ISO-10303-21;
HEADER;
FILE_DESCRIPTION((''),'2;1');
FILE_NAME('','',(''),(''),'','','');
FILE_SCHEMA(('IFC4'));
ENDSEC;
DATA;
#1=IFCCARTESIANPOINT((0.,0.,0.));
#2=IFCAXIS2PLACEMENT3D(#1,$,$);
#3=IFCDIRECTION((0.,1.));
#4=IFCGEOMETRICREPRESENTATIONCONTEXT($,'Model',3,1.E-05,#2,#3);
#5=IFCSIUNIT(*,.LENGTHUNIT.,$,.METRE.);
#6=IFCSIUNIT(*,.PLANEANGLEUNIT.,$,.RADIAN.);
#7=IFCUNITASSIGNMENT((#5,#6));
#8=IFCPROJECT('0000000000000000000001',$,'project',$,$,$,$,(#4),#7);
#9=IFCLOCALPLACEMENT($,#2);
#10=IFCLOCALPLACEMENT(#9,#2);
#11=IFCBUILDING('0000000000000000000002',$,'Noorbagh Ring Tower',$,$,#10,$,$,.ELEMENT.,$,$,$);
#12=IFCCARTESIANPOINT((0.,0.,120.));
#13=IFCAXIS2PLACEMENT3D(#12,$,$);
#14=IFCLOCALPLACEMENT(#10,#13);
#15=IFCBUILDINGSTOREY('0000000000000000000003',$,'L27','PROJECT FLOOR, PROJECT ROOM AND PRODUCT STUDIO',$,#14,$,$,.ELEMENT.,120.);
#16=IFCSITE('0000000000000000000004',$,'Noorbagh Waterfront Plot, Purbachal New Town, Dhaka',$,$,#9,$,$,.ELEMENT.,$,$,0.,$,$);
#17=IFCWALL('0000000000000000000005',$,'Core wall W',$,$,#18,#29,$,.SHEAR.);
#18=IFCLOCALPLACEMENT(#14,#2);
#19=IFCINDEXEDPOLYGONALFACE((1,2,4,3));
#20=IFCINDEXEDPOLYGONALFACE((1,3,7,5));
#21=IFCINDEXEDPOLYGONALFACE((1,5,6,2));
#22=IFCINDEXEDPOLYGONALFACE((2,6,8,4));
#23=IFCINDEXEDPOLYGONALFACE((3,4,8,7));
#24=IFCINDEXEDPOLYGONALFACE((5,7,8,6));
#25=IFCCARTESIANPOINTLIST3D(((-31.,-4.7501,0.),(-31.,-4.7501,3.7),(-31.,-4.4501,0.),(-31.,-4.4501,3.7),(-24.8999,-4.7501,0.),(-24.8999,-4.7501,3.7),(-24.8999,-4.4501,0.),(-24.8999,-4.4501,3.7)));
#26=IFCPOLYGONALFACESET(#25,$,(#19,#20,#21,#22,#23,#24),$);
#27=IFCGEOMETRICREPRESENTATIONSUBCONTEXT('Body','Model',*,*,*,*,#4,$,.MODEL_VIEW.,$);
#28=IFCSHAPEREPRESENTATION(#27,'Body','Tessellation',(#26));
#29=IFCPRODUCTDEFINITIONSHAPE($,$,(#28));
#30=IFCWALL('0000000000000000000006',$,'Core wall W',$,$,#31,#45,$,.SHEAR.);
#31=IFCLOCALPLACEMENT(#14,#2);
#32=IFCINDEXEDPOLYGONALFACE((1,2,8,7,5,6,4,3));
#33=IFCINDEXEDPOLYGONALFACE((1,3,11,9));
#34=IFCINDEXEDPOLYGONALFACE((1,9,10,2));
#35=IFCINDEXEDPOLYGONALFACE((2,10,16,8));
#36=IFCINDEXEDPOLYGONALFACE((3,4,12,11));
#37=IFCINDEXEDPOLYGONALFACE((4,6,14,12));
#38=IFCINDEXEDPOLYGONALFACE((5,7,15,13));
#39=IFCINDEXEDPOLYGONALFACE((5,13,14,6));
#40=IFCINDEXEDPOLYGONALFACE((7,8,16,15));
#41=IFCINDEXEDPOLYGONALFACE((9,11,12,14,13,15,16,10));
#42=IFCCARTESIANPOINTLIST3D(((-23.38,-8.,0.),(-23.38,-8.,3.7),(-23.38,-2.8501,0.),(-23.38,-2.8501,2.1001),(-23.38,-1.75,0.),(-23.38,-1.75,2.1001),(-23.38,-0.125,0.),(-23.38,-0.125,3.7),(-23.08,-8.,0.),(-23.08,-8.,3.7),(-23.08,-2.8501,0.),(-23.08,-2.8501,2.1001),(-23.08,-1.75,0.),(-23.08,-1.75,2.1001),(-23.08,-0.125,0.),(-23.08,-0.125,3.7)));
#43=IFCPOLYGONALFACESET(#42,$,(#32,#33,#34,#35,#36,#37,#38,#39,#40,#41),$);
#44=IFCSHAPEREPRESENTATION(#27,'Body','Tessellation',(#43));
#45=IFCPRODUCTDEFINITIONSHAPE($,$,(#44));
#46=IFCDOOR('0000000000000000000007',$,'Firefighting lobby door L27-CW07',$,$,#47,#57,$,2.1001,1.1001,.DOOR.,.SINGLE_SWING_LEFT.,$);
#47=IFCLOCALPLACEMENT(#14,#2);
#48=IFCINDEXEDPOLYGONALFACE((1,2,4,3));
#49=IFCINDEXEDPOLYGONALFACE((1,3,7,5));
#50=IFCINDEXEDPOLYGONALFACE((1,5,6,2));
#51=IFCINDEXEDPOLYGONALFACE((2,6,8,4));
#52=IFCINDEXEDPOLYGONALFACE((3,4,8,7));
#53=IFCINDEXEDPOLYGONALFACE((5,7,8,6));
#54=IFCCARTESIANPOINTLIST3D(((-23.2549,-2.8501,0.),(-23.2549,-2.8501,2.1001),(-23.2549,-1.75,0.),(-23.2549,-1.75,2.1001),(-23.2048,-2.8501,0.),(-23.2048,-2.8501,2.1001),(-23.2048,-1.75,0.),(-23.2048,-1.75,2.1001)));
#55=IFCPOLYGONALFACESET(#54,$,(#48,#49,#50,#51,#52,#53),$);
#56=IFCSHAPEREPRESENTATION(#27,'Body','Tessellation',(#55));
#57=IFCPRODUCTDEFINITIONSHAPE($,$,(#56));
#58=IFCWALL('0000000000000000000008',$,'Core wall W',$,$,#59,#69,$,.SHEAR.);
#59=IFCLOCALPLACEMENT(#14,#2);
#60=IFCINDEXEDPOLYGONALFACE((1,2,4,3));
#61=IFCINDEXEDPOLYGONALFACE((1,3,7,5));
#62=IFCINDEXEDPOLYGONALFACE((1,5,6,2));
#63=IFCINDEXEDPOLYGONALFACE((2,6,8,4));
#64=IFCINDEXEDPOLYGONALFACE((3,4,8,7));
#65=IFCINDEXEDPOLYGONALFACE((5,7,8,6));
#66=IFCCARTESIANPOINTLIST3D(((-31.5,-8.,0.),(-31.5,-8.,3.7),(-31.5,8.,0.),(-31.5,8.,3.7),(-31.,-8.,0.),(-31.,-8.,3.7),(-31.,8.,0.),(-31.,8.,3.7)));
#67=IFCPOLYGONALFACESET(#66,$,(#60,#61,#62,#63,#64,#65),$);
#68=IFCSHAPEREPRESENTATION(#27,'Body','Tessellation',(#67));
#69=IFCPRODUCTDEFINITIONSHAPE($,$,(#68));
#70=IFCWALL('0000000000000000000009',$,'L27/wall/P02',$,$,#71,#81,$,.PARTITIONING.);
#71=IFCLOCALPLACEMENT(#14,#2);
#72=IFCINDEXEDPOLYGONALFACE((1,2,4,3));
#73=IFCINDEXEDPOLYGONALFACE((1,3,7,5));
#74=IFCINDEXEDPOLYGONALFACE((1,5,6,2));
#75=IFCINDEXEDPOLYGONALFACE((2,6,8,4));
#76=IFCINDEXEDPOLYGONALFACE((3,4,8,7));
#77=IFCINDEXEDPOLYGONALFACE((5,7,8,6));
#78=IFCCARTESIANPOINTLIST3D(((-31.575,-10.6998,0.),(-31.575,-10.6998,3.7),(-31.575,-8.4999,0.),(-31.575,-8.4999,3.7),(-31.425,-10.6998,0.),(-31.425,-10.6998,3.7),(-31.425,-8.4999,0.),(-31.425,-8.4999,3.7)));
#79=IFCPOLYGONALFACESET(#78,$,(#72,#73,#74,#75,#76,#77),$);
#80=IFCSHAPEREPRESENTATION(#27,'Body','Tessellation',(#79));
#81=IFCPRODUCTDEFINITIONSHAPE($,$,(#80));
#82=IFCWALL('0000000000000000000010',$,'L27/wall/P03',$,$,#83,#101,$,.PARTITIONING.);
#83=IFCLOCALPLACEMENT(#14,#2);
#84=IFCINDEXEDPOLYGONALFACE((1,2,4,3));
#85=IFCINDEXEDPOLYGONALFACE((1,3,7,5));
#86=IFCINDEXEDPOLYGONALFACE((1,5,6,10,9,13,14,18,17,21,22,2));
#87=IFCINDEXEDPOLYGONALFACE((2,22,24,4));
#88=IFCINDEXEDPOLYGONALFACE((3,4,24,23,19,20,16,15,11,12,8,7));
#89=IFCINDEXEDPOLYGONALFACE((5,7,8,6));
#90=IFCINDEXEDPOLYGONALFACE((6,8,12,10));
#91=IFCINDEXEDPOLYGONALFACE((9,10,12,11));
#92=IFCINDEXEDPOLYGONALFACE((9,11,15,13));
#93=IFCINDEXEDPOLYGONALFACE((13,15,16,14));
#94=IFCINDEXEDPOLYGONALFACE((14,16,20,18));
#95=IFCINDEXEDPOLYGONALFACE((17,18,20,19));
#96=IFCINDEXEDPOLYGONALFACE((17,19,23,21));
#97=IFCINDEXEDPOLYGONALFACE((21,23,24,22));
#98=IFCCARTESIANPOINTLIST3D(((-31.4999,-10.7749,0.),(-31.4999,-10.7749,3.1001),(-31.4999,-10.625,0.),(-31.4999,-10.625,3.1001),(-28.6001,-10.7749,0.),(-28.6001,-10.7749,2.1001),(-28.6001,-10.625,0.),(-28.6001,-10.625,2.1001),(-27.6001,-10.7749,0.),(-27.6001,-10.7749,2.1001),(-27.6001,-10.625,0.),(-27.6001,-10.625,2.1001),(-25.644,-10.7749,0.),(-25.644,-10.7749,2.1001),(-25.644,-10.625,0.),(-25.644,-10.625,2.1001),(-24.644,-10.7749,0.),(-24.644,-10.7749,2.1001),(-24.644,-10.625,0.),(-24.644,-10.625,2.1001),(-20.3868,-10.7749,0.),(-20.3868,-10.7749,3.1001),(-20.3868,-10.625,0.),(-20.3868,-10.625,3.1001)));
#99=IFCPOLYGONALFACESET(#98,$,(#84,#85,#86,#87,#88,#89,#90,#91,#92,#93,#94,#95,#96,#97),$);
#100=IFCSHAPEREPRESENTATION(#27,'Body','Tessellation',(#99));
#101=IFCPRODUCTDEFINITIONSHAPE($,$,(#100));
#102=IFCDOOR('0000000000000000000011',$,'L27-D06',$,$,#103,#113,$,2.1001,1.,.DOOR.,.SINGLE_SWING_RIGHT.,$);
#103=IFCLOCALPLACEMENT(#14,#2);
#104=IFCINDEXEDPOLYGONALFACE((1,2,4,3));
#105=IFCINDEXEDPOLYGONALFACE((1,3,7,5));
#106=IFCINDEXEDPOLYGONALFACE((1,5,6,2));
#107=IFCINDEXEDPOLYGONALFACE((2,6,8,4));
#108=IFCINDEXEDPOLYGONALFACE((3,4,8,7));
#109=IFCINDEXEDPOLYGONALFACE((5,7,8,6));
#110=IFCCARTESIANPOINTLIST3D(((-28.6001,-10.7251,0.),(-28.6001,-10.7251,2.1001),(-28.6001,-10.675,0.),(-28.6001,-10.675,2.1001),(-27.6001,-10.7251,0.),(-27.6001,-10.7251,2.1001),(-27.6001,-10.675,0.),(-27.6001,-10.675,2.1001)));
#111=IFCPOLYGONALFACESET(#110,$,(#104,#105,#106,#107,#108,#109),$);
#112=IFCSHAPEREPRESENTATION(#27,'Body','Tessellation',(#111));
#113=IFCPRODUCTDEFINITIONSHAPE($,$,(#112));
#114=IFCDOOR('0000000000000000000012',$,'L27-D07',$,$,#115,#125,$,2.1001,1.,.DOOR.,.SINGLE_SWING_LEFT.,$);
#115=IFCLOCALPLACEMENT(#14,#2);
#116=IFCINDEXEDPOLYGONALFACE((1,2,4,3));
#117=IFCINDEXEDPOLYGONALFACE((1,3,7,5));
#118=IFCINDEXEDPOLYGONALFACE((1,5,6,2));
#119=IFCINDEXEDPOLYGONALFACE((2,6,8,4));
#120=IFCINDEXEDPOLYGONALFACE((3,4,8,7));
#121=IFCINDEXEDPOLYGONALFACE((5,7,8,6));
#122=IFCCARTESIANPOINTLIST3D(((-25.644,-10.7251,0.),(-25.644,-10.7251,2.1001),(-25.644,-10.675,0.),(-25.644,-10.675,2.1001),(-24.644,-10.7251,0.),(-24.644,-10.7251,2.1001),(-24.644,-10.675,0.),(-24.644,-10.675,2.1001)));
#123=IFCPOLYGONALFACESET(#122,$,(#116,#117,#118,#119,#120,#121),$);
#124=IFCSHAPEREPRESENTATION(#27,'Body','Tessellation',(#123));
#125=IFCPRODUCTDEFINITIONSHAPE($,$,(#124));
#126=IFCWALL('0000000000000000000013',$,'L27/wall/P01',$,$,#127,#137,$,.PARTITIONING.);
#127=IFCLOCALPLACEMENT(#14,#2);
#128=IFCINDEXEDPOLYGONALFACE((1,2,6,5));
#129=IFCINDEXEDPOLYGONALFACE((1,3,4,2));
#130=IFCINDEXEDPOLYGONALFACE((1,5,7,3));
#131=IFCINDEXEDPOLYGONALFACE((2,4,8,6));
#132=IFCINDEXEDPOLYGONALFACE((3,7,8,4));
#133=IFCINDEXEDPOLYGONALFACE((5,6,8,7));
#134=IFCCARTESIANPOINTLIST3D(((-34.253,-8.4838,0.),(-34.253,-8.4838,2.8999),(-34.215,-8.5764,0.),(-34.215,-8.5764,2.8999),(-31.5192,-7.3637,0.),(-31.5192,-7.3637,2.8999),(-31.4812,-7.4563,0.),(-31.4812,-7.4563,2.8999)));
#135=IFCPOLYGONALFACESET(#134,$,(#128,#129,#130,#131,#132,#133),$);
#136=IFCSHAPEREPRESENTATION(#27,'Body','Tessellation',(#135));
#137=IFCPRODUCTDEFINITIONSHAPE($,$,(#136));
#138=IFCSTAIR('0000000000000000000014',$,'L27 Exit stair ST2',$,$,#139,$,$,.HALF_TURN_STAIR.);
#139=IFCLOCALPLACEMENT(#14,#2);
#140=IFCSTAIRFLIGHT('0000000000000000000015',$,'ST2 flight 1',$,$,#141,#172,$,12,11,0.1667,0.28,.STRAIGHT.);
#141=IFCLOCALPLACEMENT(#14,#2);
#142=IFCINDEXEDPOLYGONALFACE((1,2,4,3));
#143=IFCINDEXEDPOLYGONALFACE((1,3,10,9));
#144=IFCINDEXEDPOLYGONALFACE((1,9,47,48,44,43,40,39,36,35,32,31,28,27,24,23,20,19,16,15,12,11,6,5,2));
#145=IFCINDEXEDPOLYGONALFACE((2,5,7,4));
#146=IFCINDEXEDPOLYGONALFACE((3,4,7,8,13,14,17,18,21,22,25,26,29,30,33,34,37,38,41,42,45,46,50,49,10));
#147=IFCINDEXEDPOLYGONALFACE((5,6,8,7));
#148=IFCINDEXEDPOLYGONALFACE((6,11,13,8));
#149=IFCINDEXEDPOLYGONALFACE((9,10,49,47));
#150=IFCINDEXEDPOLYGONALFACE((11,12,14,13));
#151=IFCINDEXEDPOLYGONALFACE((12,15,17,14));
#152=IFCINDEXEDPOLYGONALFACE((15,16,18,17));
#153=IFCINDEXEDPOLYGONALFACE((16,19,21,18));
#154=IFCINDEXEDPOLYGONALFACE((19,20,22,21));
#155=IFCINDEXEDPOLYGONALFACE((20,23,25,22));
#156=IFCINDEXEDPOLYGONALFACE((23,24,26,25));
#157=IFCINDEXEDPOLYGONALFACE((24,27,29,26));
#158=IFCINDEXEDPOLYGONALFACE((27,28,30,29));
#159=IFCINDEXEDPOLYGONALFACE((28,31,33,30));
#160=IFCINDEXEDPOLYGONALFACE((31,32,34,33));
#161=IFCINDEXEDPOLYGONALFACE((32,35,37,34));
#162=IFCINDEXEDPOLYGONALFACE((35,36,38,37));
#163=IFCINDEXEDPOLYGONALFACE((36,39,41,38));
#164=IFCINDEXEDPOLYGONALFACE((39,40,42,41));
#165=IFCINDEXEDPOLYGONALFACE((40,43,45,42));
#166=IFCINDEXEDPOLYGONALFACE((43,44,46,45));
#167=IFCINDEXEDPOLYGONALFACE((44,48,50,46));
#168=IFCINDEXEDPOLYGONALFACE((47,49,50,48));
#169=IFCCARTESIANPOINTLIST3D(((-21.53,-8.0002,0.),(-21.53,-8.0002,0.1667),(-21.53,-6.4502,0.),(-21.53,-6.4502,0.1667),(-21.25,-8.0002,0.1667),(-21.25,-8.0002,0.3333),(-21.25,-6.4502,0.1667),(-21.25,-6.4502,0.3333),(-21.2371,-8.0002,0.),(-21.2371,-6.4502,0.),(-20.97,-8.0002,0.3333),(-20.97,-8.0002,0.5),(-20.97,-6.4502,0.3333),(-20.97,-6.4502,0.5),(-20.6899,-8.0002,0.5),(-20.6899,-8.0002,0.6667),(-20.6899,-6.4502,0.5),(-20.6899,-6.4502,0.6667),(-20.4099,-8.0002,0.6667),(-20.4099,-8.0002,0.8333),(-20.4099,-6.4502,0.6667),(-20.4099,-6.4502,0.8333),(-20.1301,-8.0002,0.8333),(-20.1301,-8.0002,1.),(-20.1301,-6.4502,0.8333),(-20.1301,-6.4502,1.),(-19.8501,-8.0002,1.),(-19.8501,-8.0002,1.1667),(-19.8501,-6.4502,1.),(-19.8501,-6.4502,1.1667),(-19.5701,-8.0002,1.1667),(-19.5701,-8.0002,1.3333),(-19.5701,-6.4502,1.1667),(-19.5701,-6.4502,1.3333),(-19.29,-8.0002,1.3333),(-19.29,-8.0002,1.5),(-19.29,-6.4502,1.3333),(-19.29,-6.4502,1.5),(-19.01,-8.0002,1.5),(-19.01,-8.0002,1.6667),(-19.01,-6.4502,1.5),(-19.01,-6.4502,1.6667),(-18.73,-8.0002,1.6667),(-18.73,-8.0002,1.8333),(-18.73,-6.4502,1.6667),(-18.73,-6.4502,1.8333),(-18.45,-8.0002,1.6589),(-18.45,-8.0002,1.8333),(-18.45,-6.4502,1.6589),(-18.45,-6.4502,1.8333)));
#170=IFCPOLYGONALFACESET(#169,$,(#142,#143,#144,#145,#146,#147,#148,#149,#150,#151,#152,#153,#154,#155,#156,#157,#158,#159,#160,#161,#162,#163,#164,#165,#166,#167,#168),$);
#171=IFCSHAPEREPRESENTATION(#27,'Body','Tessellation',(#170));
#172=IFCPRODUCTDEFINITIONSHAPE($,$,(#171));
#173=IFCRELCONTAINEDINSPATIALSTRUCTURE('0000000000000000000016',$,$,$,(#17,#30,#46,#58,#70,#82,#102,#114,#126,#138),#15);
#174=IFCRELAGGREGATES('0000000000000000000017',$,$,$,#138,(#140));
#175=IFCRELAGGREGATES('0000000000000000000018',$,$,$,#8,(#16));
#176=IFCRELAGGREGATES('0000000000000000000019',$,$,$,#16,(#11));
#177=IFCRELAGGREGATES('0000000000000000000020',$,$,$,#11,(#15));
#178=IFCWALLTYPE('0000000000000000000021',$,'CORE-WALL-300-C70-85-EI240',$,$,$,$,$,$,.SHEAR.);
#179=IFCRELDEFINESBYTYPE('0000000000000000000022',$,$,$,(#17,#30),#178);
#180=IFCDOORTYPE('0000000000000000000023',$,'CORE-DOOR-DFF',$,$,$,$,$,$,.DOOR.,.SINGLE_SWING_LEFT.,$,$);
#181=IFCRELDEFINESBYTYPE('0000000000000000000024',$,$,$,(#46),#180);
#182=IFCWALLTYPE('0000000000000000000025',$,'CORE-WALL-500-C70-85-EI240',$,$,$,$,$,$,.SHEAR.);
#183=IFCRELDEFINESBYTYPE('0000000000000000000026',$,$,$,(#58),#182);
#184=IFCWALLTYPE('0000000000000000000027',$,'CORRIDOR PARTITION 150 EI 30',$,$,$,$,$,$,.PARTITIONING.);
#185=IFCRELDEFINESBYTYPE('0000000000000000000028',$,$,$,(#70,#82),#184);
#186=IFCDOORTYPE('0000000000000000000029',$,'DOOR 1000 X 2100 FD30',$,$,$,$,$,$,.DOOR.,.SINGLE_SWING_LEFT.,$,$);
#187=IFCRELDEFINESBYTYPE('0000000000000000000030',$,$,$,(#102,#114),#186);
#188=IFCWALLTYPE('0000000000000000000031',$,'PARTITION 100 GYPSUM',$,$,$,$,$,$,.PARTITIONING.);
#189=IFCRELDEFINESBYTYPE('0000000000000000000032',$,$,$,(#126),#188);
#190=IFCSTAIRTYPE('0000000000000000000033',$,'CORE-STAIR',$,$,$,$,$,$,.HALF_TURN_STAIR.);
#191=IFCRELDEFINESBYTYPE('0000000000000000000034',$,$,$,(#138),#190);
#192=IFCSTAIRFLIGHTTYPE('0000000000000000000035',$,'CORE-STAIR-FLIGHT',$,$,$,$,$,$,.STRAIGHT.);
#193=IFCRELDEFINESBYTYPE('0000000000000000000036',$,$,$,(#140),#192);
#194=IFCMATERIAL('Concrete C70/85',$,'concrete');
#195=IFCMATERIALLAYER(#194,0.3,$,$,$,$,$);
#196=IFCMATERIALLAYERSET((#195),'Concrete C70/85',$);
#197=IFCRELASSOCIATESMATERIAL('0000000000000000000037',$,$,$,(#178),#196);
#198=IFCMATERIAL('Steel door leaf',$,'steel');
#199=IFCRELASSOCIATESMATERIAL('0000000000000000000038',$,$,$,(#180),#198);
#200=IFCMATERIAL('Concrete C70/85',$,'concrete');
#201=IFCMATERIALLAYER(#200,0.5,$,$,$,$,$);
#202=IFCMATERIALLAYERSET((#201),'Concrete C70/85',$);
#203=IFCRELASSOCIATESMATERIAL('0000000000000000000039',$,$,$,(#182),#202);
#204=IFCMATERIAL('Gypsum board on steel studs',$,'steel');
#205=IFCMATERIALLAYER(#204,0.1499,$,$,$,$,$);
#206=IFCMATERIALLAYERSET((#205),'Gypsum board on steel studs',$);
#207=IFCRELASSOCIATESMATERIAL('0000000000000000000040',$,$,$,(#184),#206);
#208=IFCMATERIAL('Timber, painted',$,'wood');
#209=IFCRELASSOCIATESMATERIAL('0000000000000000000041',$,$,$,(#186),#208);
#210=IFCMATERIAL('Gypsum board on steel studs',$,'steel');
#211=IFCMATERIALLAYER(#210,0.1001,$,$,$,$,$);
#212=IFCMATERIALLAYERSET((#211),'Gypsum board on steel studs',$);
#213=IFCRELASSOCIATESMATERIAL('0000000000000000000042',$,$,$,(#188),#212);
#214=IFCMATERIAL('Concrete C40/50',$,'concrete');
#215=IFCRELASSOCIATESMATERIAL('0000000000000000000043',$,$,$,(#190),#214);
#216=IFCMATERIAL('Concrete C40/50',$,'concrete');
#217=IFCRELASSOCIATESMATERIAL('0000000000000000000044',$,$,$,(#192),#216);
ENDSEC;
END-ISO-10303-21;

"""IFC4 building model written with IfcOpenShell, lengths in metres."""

from ifc_helpers import new_model, si_unit, direction, frame, frame_2d, origin, place, context, subcontext, project, spatial, polyline, rectangle, outline, extrude, material, layer, layer_set, type_object, element, fill, aggregate, save


model = new_model("IFC4")

# Units and contexts
model_context = context("Model", 3, precision=1e-05, world=origin(), true_north=direction((0.0, 1.0)))
body_context = subcontext(model_context, "Body", "Model", "MODEL_VIEW")
ifc_project = project(units=[si_unit("LENGTHUNIT", "METRE"), si_unit("PLANEANGLEUNIT", "RADIAN")], contexts=[model_context])

# Site, building, storey
site_placement = place(None, origin())
site = spatial("IfcSite", under=ifc_project, at=site_placement, Name="Noorbagh Waterfront Plot, Purbachal New Town, Dhaka", CompositionType="ELEMENT", RefElevation=0.0)
building_placement = place(site_placement, origin())
building = spatial("IfcBuilding", under=site, at=building_placement, Name="Noorbagh Ring Tower", CompositionType="ELEMENT")
storey_placement = place(building_placement, frame((0.0, 0.0, 120.0)))
storey = spatial("IfcBuildingStorey", under=building, at=storey_placement, Name="L27", Description="PROJECT FLOOR, PROJECT ROOM AND PRODUCT STUDIO", CompositionType="ELEMENT", Elevation=120.0)

# Wall
ifc_material_1 = material(Name="Concrete C70/85", Category="concrete")
ifc_layer_1 = layer(ifc_material_1, 0.3)
ifc_layer_set_1 = layer_set([ifc_layer_1], Name="Concrete C70/85")
wall_type_1 = type_object("IfcWallType", Name="CORE-WALL-300-C70-85-EI240", PredefinedType="SHEAR", material=ifc_layer_set_1)
wall_1_placement = place(storey_placement, frame((-24.8999, -4.6001, 0.0), z_axis=(0.0, 0.0, 1.0), x_axis=(-1.0, 0.0, 0.0)))
element("IfcWall", 1, at=wall_1_placement, inside=storey, type_object=wall_type_1, Name="Core wall W", PredefinedType="SHEAR", context=body_context, shape_type="SweptSolid", body=[
    extrude(rectangle(XDim=6.1001, YDim=0.3, at=frame_2d((3.05, 0.0))), origin(), (0.0, 0.0, 1.0), 3.7),
])

# Wall, opening, door
wall_2_placement = place(storey_placement, frame((-23.23, -8.0, 0.0), z_axis=(0.0, 0.0, 1.0), x_axis=(0.0, 1.0, 0.0)))
wall_2 = element("IfcWall", 2, at=wall_2_placement, inside=storey, type_object=wall_type_1, Name="Core wall W", PredefinedType="SHEAR", context=body_context, shape_type="SweptSolid", body=[
    extrude(rectangle(XDim=7.875, YDim=0.3, at=frame_2d((3.9375, 0.0))), origin(), (0.0, 0.0, 1.0), 3.7),
])
opening_1_placement = place(wall_2_placement, frame((5.1499, 0.0, 0.0)))
opening_1 = element("IfcOpeningElement", 3, at=opening_1_placement, cuts=wall_2, PredefinedType="OPENING", context=body_context, shape_type="SweptSolid", body=[
    extrude(rectangle(XDim=1.1001, YDim=2.1001, at=frame_2d((0.55, 1.05))), frame((0.0, 0.1602, 0.0), z_axis=(0.0, -1.0, 0.0), x_axis=(1.0, 0.0, 0.0)), (0.0, 0.0, 1.0), 0.3201),
])
ifc_material_2 = material(Name="Steel door leaf", Category="steel")
door_type_1 = type_object("IfcDoorType", Name="CORE-DOOR-DFF", OperationType="SINGLE_SWING_LEFT", PredefinedType="DOOR", material=ifc_material_2)
door_1_placement = place(opening_1_placement, origin())
door_1 = element("IfcDoor", 4, at=door_1_placement, inside=storey, type_object=door_type_1, Name="Firefighting lobby door L27-CW07", OperationType="SINGLE_SWING_LEFT", OverallHeight=2.1001, OverallWidth=1.1001, PredefinedType="DOOR", context=body_context, shape_type="SweptSolid", body=[
    extrude(rectangle(XDim=1.1001, YDim=2.1001, at=frame_2d((0.55, 1.05))), frame((0.0, 0.0249, 0.0), z_axis=(0.0, -1.0, 0.0), x_axis=(1.0, 0.0, 0.0)), (0.0, 0.0, 1.0), 0.05),
])
fill(opening_1, door_1)

# Walls
ifc_material_3 = material(Name="Concrete C70/85", Category="concrete")
ifc_layer_2 = layer(ifc_material_3, 0.5)
ifc_layer_set_2 = layer_set([ifc_layer_2], Name="Concrete C70/85")
wall_type_2 = type_object("IfcWallType", Name="CORE-WALL-500-C70-85-EI240", PredefinedType="SHEAR", material=ifc_layer_set_2)
wall_3_placement = place(storey_placement, frame((-31.25, -8.0, 0.0), z_axis=(0.0, 0.0, 1.0), x_axis=(0.0, 1.0, 0.0)))
element("IfcWall", 5, at=wall_3_placement, inside=storey, type_object=wall_type_2, Name="Core wall W", PredefinedType="SHEAR", context=body_context, shape_type="SweptSolid", body=[
    extrude(rectangle(XDim=16.0, YDim=0.5, at=frame_2d((8.0, 0.0))), origin(), (0.0, 0.0, 1.0), 3.7),
])
ifc_material_4 = material(Name="Gypsum board on steel studs", Category="steel")
ifc_layer_3 = layer(ifc_material_4, 0.1499)
ifc_layer_set_3 = layer_set([ifc_layer_3], Name="Gypsum board on steel studs")
wall_type_3 = type_object("IfcWallType", Name="CORRIDOR PARTITION 150 EI 30", PredefinedType="PARTITIONING", material=ifc_layer_set_3)
wall_4_placement = place(storey_placement, frame((-31.5, -10.7, 0.0), z_axis=(0.0, 0.0, 1.0), x_axis=(0.0, 1.0, 0.0)))
element("IfcWall", 6, at=wall_4_placement, inside=storey, type_object=wall_type_3, Name="L27/wall/P02", PredefinedType="PARTITIONING", context=body_context, shape_type="SweptSolid", body=[
    extrude(rectangle(XDim=2.2, YDim=0.1499, at=frame_2d((1.1001, 0.0))), origin(), (0.0, 0.0, 1.0), 3.7),
])

# Wall, openings, doors
wall_5_placement = place(storey_placement, frame((-31.5, -10.7, 0.0), z_axis=(0.0, 0.0, 1.0), x_axis=(1.0, 0.0, 0.0)))
wall_5 = element("IfcWall", 7, at=wall_5_placement, inside=storey, type_object=wall_type_3, Name="L27/wall/P03", PredefinedType="PARTITIONING", context=body_context, shape_type="SweptSolid", body=[
    extrude(rectangle(XDim=11.113, YDim=0.1499, at=frame_2d((5.5566, 0.0))), origin(), (0.0, 0.0, 1.0), 3.1001),
])
opening_2_placement = place(wall_5_placement, frame((2.8999, 0.0, 0.0)))
opening_2 = element("IfcOpeningElement", 8, at=opening_2_placement, cuts=wall_5, PredefinedType="OPENING", context=body_context, shape_type="SweptSolid", body=[
    extrude(rectangle(XDim=1.0, YDim=2.1001, at=frame_2d((0.5, 1.05))), frame((0.0, 0.085, 0.0), z_axis=(0.0, -1.0, 0.0), x_axis=(1.0, 0.0, 0.0)), (0.0, 0.0, 1.0), 0.1699),
])
opening_3_placement = place(wall_5_placement, frame((5.856, 0.0, 0.0)))
opening_3 = element("IfcOpeningElement", 9, at=opening_3_placement, cuts=wall_5, PredefinedType="OPENING", context=body_context, shape_type="SweptSolid", body=[
    extrude(rectangle(XDim=1.0, YDim=2.1001, at=frame_2d((0.5, 1.05))), frame((0.0, 0.085, 0.0), z_axis=(0.0, -1.0, 0.0), x_axis=(1.0, 0.0, 0.0)), (0.0, 0.0, 1.0), 0.1699),
])
ifc_material_5 = material(Name="Timber, painted", Category="wood")
door_type_2 = type_object("IfcDoorType", Name="DOOR 1000 X 2100 FD30", OperationType="SINGLE_SWING_LEFT", PredefinedType="DOOR", material=ifc_material_5)
door_2_placement = place(opening_2_placement, origin())
door_2 = element("IfcDoor", 10, at=door_2_placement, inside=storey, type_object=door_type_2, Name="L27-D06", OperationType="SINGLE_SWING_RIGHT", OverallHeight=2.1001, OverallWidth=1.0, PredefinedType="DOOR", context=body_context, shape_type="SweptSolid", body=[
    extrude(rectangle(XDim=1.0, YDim=2.1001, at=frame_2d((0.5, 1.05))), frame((0.0, 0.0249, 0.0), z_axis=(0.0, -1.0, 0.0), x_axis=(1.0, 0.0, 0.0)), (0.0, 0.0, 1.0), 0.05),
])
fill(opening_2, door_2)
door_3_placement = place(opening_3_placement, origin())
door_3 = element("IfcDoor", 11, at=door_3_placement, inside=storey, type_object=door_type_2, Name="L27-D07", OperationType="SINGLE_SWING_LEFT", OverallHeight=2.1001, OverallWidth=1.0, PredefinedType="DOOR", context=body_context, shape_type="SweptSolid", body=[
    extrude(rectangle(XDim=1.0, YDim=2.1001, at=frame_2d((0.5, 1.05))), frame((0.0, 0.0249, 0.0), z_axis=(0.0, -1.0, 0.0), x_axis=(1.0, 0.0, 0.0)), (0.0, 0.0, 1.0), 0.05),
])
fill(opening_3, door_3)

# Wall
ifc_material_6 = material(Name="Gypsum board on steel studs", Category="steel")
ifc_layer_4 = layer(ifc_material_6, 0.1001)
ifc_layer_set_4 = layer_set([ifc_layer_4], Name="Gypsum board on steel studs")
wall_type_4 = type_object("IfcWallType", Name="PARTITION 100 GYPSUM", PredefinedType="PARTITIONING", material=ifc_layer_set_4)
wall_6_placement = place(storey_placement, frame((-34.2339, -8.53, 0.0), z_axis=(0.0, 0.0, 1.0), x_axis=(0.925344, 0.379128, 0.0)))
element("IfcWall", 12, at=wall_6_placement, inside=storey, type_object=wall_type_4, Name="L27/wall/P01", PredefinedType="PARTITIONING", context=body_context, shape_type="SweptSolid", body=[
    extrude(rectangle(XDim=2.9543, YDim=0.1001, at=frame_2d((1.4771, 0.0))), origin(), (0.0, 0.0, 1.0), 2.8999),
])

# Stair, stair flight
ifc_material_7 = material(Name="Concrete C40/50", Category="concrete")
stair_type = type_object("IfcStairType", Name="CORE-STAIR", PredefinedType="HALF_TURN_STAIR", material=ifc_material_7)
stair_placement = place(storey_placement, origin())
stair = element("IfcStair", 13, at=stair_placement, inside=storey, type_object=stair_type, Name="L27 Exit stair ST2", PredefinedType="HALF_TURN_STAIR")
ifc_material_8 = material(Name="Concrete C40/50", Category="concrete")
stair_flight_type = type_object("IfcStairFlightType", Name="CORE-STAIR-FLIGHT", PredefinedType="STRAIGHT", material=ifc_material_8)
stair_flight_1_placement = place(storey_placement, frame((-21.53, -7.2251, 0.0), z_axis=(0.0, 0.0, 1.0), x_axis=(1.0, 0.0, 0.0)))
stair_flight_1 = element("IfcStairFlight", 14, at=stair_flight_1_placement, type_object=stair_flight_type, Name="ST2 flight 1", NumberOfRisers=12, NumberOfTreads=11, PredefinedType="STRAIGHT", RiserHeight=0.1667, TreadLength=0.28, context=body_context, shape_type="SweptSolid", body=[
    extrude(outline(polyline([(0.0, 0.0), (0.0, 0.1667), (0.28, 0.1667), (0.28, 0.3333), (0.5601, 0.3333), (0.5601, 0.5), (0.8401, 0.5), (0.8401, 0.6667), (1.1201, 0.6667), (1.1201, 0.8333), (1.3999, 0.8333), (1.3999, 1.0), (1.6799, 1.0), (1.6799, 1.1667), (1.96, 1.1667), (1.96, 1.3333), (2.24, 1.3333), (2.24, 1.5), (2.52, 1.5), (2.52, 1.6667), (2.8, 1.6667), (2.8, 1.8333), (3.0801, 1.8333), (3.0801, 2.0), (3.0801, 1.6589), (0.293, 0.0), (0.0, 0.0)])), frame((0.0, 0.7749, 0.0), z_axis=(0.0, -1.0, 0.0), x_axis=(1.0, 0.0, 0.0)), (0.0, 0.0, 1.0), 1.55),
])
aggregate(stair, [stair_flight_1])

save(model, "model.ifc")
